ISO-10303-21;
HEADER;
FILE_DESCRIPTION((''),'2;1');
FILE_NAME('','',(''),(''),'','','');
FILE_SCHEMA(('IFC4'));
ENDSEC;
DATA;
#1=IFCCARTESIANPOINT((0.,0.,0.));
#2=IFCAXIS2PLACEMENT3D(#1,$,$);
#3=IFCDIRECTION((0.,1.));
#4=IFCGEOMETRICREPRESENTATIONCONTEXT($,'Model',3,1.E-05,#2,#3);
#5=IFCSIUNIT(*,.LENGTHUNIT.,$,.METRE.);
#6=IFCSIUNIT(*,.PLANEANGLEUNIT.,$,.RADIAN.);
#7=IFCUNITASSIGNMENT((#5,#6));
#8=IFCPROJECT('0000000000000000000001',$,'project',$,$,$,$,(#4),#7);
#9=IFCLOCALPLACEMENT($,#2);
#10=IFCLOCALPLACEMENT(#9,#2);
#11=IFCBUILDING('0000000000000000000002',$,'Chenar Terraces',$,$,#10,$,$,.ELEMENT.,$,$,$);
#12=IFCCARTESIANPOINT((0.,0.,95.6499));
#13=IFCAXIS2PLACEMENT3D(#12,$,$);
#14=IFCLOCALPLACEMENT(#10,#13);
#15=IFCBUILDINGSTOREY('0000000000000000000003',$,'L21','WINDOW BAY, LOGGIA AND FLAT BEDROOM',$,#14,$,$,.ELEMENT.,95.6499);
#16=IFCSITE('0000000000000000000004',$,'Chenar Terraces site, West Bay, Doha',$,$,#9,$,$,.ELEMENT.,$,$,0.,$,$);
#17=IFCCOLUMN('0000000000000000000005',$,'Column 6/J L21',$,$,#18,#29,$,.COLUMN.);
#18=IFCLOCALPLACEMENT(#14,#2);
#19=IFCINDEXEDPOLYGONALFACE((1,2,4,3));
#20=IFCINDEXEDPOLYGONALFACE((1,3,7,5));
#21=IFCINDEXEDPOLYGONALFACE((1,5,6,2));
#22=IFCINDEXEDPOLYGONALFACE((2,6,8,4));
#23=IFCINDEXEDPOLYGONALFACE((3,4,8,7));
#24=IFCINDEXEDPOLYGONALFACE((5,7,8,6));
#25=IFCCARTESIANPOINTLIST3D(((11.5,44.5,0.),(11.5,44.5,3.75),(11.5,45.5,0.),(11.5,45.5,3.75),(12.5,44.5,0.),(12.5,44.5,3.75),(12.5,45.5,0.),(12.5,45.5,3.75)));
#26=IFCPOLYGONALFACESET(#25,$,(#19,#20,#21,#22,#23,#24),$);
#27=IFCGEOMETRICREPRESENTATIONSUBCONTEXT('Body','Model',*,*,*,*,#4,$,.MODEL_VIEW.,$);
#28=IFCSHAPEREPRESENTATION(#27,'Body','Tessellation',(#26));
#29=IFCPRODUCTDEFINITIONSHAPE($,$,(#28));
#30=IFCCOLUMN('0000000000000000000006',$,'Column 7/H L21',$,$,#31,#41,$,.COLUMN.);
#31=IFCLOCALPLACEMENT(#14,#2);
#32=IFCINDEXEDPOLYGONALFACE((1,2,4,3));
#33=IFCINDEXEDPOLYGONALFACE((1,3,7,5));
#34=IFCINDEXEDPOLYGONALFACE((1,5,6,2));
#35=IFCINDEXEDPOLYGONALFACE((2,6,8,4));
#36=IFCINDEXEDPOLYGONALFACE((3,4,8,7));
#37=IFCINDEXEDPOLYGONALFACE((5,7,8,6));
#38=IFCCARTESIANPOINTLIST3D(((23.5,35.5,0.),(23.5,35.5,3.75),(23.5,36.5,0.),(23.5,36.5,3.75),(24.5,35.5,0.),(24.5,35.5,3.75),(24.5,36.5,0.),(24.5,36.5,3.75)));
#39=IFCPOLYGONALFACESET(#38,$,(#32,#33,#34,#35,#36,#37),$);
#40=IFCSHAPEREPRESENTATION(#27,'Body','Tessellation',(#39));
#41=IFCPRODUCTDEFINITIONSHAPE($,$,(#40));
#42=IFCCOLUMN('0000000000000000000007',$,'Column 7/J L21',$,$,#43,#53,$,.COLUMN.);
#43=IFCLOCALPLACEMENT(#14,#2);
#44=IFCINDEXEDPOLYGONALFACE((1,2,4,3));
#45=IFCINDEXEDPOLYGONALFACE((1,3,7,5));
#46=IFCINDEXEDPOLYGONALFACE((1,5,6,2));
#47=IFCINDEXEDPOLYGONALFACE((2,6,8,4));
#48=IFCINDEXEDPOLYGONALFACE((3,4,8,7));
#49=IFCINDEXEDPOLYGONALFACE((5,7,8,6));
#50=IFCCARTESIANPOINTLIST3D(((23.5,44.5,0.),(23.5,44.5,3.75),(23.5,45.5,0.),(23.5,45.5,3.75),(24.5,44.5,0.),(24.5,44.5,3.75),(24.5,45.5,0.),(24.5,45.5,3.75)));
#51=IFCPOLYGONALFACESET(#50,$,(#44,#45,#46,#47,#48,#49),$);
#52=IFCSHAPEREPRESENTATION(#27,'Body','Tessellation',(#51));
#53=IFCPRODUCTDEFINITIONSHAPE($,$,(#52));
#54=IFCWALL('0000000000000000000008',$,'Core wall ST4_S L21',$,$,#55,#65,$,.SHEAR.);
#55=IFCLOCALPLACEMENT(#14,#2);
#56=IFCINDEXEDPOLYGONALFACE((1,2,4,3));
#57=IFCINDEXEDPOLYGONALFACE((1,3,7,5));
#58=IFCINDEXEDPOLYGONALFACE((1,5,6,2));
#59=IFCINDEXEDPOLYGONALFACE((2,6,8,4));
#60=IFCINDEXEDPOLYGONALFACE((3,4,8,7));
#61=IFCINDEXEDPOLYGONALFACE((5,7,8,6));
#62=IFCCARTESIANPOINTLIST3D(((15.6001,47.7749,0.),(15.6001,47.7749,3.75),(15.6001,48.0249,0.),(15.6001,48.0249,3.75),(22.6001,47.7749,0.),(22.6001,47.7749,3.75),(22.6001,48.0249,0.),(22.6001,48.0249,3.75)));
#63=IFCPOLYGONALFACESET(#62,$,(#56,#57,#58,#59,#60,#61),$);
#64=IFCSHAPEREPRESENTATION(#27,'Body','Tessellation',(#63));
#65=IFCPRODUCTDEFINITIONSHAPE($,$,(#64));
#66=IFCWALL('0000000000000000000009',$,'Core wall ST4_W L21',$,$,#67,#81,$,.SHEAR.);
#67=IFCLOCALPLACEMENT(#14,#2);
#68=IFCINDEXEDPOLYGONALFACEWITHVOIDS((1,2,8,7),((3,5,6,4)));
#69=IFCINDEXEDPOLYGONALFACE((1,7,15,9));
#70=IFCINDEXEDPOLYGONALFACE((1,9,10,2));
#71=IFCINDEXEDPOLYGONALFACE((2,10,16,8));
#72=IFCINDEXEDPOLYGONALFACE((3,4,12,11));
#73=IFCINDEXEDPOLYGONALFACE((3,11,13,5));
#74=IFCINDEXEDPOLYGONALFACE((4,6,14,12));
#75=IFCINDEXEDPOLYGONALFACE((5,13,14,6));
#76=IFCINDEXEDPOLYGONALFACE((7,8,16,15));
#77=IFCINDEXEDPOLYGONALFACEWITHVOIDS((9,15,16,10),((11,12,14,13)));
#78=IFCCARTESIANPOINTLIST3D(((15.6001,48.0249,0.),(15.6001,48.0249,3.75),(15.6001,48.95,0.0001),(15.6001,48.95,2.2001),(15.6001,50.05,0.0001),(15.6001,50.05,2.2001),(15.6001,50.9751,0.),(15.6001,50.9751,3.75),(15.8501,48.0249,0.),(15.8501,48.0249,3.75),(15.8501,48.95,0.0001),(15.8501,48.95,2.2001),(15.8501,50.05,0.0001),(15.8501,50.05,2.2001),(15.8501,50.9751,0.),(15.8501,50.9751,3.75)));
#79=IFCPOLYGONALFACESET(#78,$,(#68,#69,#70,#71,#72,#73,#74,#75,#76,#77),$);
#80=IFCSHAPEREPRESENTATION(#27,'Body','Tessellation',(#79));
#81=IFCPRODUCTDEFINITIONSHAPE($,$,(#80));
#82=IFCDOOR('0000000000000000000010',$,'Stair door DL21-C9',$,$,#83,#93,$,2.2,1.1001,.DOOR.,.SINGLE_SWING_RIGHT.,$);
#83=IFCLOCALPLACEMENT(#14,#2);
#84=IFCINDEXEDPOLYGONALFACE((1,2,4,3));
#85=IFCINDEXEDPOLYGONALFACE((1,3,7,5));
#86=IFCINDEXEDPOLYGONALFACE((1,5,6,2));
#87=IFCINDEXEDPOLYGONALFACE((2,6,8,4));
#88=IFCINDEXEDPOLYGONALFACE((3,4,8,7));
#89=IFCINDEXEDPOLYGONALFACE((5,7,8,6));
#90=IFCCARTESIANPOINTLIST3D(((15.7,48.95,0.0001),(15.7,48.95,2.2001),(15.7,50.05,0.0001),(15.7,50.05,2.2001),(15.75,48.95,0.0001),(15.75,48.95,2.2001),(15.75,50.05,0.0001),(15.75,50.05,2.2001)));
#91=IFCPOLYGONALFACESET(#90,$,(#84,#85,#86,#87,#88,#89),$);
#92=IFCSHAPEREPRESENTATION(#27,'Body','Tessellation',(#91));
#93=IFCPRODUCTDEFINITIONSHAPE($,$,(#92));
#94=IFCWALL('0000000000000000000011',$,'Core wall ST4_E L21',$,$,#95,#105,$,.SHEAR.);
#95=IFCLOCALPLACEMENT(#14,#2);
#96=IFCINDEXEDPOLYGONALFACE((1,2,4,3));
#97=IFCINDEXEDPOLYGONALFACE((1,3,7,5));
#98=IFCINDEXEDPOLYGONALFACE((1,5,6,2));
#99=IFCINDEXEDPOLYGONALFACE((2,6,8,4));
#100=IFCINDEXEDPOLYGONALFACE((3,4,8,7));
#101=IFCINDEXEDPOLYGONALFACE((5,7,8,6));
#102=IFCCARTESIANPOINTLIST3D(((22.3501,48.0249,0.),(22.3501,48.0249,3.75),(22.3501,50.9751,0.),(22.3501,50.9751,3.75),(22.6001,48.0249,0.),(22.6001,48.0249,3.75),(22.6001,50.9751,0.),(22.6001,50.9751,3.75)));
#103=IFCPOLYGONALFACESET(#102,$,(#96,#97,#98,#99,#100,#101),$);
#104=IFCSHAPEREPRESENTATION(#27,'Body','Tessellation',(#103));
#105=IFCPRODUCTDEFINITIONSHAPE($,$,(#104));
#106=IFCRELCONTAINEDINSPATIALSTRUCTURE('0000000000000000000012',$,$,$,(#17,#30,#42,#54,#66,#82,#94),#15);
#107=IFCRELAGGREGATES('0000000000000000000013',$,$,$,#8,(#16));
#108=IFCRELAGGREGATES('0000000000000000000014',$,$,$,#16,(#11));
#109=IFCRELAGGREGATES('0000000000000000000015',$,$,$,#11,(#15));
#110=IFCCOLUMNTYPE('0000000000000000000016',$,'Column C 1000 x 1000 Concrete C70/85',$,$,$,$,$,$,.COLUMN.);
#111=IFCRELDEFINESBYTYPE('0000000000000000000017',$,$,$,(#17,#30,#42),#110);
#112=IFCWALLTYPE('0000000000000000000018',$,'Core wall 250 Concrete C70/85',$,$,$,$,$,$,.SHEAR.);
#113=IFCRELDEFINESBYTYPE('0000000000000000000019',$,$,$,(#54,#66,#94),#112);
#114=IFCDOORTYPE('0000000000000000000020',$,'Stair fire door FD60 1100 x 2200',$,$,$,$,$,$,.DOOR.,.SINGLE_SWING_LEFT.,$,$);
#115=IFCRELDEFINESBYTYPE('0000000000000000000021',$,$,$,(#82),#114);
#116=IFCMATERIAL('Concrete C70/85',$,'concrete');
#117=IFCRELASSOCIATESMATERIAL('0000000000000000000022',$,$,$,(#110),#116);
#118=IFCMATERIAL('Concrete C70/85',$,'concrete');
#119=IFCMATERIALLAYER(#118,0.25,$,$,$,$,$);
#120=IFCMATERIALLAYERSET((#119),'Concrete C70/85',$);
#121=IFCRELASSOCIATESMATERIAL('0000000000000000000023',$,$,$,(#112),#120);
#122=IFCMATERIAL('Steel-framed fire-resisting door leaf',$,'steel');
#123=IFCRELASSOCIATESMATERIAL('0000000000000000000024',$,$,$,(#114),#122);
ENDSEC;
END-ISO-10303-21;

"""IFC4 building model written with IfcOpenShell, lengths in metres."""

from ifc_helpers import new_model, si_unit, direction, frame, frame_2d, origin, origin_2d, place, context, subcontext, project, spatial, rectangle, extrude, material, layer, layer_set, material_profile, profile_set, type_object, element, fill, save


model = new_model("IFC4")

# Units and contexts
model_context = context("Model", 3, precision=1e-05, world=origin(), true_north=direction((0.0, 1.0)))
body_context = subcontext(model_context, "Body", "Model", "MODEL_VIEW")
ifc_project = project(units=[si_unit("LENGTHUNIT", "METRE"), si_unit("PLANEANGLEUNIT", "RADIAN")], contexts=[model_context])

# Site, building, storey
site_placement = place(None, origin())
site = spatial("IfcSite", under=ifc_project, at=site_placement, Name="Chenar Terraces site, West Bay, Doha", CompositionType="ELEMENT", RefElevation=0.0)
building_placement = place(site_placement, origin())
building = spatial("IfcBuilding", under=site, at=building_placement, Name="Chenar Terraces", CompositionType="ELEMENT")
storey_placement = place(building_placement, frame((0.0, 0.0, 95.6499)))
storey = spatial("IfcBuildingStorey", under=building, at=storey_placement, Name="L21", Description="WINDOW BAY, LOGGIA AND FLAT BEDROOM", CompositionType="ELEMENT", Elevation=95.6499)

# Columns
ifc_material_1 = material(Name="Concrete C70/85", Category="concrete")
ifc_material_profile = material_profile(ifc_material_1, rectangle(XDim=1.0, YDim=1.0, at=origin_2d()), Name="C 1000 x 1000")
ifc_profile_set = profile_set([ifc_material_profile], Name="Concrete C70/85")
column_type = type_object("IfcColumnType", Name="Column C 1000 x 1000 Concrete C70/85", PredefinedType="COLUMN", material=ifc_profile_set)
for number, where, z_axis, x_axis, name in (
    (1, (12.0, 45.0, 0.0), (0.0, 0.0, 1.0), (1.0, 0.0, 0.0), "Column 6/J L21"),
    (2, (24.0, 36.0, 0.0), (0.0, 0.0, 1.0), (1.0, 0.0, 0.0), "Column 7/H L21"),
    (3, (24.0, 45.0, 0.0), (0.0, 0.0, 1.0), (1.0, 0.0, 0.0), "Column 7/J L21"),
):
    element("IfcColumn", number, at=place(storey_placement, frame(where, z_axis=z_axis, x_axis=x_axis)), inside=storey, type_object=column_type, Name=name, PredefinedType="COLUMN", context=body_context, shape_type="SweptSolid", body=[
        extrude(rectangle(XDim=1.0, YDim=1.0, at=origin_2d()), origin(), (0.0, 0.0, 1.0), 3.75),
    ])

# Wall
ifc_material_2 = material(Name="Concrete C70/85", Category="concrete")
ifc_layer_1 = layer(ifc_material_2, 0.25)
ifc_layer_set_1 = layer_set([ifc_layer_1], Name="Concrete C70/85")
wall_type_1 = type_object("IfcWallType", Name="Core wall 250 Concrete C70/85", PredefinedType="SHEAR", material=ifc_layer_set_1)
wall_1_placement = place(storey_placement, frame((15.6001, 47.8999, 0.0), z_axis=(0.0, 0.0, 1.0), x_axis=(1.0, 0.0, 0.0)))
element("IfcWall", 4, at=wall_1_placement, inside=storey, type_object=wall_type_1, Name="Core wall ST4_S L21", PredefinedType="SHEAR", context=body_context, shape_type="SweptSolid", body=[
    extrude(rectangle(XDim=7.0, YDim=0.25, at=frame_2d((3.5, 0.0))), origin(), (0.0, 0.0, 1.0), 3.75),
])

# Wall, opening, door
wall_2_placement = place(storey_placement, frame((15.7251, 48.0249, 0.0), z_axis=(0.0, 0.0, 1.0), x_axis=(0.0, 1.0, 0.0)))
wall_2 = element("IfcWall", 5, at=wall_2_placement, inside=storey, type_object=wall_type_1, Name="Core wall ST4_W L21", PredefinedType="SHEAR", context=body_context, shape_type="SweptSolid", body=[
    extrude(rectangle(XDim=2.9502, YDim=0.25, at=frame_2d((1.4751, 0.0))), origin(), (0.0, 0.0, 1.0), 3.75),
])
opening_1_placement = place(wall_2_placement, frame((0.925, 0.0, 0.0)))
opening_1 = element("IfcOpeningElement", 6, at=opening_1_placement, cuts=wall_2, PredefinedType="OPENING", context=body_context, shape_type="SweptSolid", body=[
    extrude(rectangle(XDim=1.1001, YDim=2.2, at=frame_2d((0.55, 1.1001))), frame((0.0, 0.135, 0.0), z_axis=(0.0, -1.0, 0.0), x_axis=(1.0, 0.0, 0.0)), (0.0, 0.0, 1.0), 0.27),
])
ifc_material_3 = material(Name="Steel-framed fire-resisting door leaf", Category="steel")
door_type_1 = type_object("IfcDoorType", Name="Stair fire door FD60 1100 x 2200", OperationType="SINGLE_SWING_LEFT", PredefinedType="DOOR", material=ifc_material_3)
door_1_placement = place(opening_1_placement, frame((1.1001, 0.0, 0.0), z_axis=(0.0, 0.0, 1.0), x_axis=(-1.0, 0.0, 0.0)))
door_1 = element("IfcDoor", 7, at=door_1_placement, inside=storey, type_object=door_type_1, Name="Stair door DL21-C9", OperationType="SINGLE_SWING_RIGHT", OverallHeight=2.2, OverallWidth=1.1001, PredefinedType="DOOR", context=body_context, shape_type="SweptSolid", body=[
    extrude(rectangle(XDim=1.1001, YDim=2.2, at=frame_2d((0.55, 1.1001))), frame((0.0, 0.0249, 0.0), z_axis=(0.0, -1.0, 0.0), x_axis=(1.0, 0.0, 0.0)), (0.0, 0.0, 1.0), 0.05),
])
fill(opening_1, door_1)

# Wall
wall_3_placement = place(storey_placement, frame((22.4751, 48.0249, 0.0), z_axis=(0.0, 0.0, 1.0), x_axis=(0.0, 1.0, 0.0)))
element("IfcWall", 8, at=wall_3_placement, inside=storey, type_object=wall_type_1, Name="Core wall ST4_E L21", PredefinedType="SHEAR", context=body_context, shape_type="SweptSolid", body=[
    extrude(rectangle(XDim=2.9502, YDim=0.25, at=frame_2d((1.4751, 0.0))), origin(), (0.0, 0.0, 1.0), 3.75),
])

save(model, "model.ifc")
